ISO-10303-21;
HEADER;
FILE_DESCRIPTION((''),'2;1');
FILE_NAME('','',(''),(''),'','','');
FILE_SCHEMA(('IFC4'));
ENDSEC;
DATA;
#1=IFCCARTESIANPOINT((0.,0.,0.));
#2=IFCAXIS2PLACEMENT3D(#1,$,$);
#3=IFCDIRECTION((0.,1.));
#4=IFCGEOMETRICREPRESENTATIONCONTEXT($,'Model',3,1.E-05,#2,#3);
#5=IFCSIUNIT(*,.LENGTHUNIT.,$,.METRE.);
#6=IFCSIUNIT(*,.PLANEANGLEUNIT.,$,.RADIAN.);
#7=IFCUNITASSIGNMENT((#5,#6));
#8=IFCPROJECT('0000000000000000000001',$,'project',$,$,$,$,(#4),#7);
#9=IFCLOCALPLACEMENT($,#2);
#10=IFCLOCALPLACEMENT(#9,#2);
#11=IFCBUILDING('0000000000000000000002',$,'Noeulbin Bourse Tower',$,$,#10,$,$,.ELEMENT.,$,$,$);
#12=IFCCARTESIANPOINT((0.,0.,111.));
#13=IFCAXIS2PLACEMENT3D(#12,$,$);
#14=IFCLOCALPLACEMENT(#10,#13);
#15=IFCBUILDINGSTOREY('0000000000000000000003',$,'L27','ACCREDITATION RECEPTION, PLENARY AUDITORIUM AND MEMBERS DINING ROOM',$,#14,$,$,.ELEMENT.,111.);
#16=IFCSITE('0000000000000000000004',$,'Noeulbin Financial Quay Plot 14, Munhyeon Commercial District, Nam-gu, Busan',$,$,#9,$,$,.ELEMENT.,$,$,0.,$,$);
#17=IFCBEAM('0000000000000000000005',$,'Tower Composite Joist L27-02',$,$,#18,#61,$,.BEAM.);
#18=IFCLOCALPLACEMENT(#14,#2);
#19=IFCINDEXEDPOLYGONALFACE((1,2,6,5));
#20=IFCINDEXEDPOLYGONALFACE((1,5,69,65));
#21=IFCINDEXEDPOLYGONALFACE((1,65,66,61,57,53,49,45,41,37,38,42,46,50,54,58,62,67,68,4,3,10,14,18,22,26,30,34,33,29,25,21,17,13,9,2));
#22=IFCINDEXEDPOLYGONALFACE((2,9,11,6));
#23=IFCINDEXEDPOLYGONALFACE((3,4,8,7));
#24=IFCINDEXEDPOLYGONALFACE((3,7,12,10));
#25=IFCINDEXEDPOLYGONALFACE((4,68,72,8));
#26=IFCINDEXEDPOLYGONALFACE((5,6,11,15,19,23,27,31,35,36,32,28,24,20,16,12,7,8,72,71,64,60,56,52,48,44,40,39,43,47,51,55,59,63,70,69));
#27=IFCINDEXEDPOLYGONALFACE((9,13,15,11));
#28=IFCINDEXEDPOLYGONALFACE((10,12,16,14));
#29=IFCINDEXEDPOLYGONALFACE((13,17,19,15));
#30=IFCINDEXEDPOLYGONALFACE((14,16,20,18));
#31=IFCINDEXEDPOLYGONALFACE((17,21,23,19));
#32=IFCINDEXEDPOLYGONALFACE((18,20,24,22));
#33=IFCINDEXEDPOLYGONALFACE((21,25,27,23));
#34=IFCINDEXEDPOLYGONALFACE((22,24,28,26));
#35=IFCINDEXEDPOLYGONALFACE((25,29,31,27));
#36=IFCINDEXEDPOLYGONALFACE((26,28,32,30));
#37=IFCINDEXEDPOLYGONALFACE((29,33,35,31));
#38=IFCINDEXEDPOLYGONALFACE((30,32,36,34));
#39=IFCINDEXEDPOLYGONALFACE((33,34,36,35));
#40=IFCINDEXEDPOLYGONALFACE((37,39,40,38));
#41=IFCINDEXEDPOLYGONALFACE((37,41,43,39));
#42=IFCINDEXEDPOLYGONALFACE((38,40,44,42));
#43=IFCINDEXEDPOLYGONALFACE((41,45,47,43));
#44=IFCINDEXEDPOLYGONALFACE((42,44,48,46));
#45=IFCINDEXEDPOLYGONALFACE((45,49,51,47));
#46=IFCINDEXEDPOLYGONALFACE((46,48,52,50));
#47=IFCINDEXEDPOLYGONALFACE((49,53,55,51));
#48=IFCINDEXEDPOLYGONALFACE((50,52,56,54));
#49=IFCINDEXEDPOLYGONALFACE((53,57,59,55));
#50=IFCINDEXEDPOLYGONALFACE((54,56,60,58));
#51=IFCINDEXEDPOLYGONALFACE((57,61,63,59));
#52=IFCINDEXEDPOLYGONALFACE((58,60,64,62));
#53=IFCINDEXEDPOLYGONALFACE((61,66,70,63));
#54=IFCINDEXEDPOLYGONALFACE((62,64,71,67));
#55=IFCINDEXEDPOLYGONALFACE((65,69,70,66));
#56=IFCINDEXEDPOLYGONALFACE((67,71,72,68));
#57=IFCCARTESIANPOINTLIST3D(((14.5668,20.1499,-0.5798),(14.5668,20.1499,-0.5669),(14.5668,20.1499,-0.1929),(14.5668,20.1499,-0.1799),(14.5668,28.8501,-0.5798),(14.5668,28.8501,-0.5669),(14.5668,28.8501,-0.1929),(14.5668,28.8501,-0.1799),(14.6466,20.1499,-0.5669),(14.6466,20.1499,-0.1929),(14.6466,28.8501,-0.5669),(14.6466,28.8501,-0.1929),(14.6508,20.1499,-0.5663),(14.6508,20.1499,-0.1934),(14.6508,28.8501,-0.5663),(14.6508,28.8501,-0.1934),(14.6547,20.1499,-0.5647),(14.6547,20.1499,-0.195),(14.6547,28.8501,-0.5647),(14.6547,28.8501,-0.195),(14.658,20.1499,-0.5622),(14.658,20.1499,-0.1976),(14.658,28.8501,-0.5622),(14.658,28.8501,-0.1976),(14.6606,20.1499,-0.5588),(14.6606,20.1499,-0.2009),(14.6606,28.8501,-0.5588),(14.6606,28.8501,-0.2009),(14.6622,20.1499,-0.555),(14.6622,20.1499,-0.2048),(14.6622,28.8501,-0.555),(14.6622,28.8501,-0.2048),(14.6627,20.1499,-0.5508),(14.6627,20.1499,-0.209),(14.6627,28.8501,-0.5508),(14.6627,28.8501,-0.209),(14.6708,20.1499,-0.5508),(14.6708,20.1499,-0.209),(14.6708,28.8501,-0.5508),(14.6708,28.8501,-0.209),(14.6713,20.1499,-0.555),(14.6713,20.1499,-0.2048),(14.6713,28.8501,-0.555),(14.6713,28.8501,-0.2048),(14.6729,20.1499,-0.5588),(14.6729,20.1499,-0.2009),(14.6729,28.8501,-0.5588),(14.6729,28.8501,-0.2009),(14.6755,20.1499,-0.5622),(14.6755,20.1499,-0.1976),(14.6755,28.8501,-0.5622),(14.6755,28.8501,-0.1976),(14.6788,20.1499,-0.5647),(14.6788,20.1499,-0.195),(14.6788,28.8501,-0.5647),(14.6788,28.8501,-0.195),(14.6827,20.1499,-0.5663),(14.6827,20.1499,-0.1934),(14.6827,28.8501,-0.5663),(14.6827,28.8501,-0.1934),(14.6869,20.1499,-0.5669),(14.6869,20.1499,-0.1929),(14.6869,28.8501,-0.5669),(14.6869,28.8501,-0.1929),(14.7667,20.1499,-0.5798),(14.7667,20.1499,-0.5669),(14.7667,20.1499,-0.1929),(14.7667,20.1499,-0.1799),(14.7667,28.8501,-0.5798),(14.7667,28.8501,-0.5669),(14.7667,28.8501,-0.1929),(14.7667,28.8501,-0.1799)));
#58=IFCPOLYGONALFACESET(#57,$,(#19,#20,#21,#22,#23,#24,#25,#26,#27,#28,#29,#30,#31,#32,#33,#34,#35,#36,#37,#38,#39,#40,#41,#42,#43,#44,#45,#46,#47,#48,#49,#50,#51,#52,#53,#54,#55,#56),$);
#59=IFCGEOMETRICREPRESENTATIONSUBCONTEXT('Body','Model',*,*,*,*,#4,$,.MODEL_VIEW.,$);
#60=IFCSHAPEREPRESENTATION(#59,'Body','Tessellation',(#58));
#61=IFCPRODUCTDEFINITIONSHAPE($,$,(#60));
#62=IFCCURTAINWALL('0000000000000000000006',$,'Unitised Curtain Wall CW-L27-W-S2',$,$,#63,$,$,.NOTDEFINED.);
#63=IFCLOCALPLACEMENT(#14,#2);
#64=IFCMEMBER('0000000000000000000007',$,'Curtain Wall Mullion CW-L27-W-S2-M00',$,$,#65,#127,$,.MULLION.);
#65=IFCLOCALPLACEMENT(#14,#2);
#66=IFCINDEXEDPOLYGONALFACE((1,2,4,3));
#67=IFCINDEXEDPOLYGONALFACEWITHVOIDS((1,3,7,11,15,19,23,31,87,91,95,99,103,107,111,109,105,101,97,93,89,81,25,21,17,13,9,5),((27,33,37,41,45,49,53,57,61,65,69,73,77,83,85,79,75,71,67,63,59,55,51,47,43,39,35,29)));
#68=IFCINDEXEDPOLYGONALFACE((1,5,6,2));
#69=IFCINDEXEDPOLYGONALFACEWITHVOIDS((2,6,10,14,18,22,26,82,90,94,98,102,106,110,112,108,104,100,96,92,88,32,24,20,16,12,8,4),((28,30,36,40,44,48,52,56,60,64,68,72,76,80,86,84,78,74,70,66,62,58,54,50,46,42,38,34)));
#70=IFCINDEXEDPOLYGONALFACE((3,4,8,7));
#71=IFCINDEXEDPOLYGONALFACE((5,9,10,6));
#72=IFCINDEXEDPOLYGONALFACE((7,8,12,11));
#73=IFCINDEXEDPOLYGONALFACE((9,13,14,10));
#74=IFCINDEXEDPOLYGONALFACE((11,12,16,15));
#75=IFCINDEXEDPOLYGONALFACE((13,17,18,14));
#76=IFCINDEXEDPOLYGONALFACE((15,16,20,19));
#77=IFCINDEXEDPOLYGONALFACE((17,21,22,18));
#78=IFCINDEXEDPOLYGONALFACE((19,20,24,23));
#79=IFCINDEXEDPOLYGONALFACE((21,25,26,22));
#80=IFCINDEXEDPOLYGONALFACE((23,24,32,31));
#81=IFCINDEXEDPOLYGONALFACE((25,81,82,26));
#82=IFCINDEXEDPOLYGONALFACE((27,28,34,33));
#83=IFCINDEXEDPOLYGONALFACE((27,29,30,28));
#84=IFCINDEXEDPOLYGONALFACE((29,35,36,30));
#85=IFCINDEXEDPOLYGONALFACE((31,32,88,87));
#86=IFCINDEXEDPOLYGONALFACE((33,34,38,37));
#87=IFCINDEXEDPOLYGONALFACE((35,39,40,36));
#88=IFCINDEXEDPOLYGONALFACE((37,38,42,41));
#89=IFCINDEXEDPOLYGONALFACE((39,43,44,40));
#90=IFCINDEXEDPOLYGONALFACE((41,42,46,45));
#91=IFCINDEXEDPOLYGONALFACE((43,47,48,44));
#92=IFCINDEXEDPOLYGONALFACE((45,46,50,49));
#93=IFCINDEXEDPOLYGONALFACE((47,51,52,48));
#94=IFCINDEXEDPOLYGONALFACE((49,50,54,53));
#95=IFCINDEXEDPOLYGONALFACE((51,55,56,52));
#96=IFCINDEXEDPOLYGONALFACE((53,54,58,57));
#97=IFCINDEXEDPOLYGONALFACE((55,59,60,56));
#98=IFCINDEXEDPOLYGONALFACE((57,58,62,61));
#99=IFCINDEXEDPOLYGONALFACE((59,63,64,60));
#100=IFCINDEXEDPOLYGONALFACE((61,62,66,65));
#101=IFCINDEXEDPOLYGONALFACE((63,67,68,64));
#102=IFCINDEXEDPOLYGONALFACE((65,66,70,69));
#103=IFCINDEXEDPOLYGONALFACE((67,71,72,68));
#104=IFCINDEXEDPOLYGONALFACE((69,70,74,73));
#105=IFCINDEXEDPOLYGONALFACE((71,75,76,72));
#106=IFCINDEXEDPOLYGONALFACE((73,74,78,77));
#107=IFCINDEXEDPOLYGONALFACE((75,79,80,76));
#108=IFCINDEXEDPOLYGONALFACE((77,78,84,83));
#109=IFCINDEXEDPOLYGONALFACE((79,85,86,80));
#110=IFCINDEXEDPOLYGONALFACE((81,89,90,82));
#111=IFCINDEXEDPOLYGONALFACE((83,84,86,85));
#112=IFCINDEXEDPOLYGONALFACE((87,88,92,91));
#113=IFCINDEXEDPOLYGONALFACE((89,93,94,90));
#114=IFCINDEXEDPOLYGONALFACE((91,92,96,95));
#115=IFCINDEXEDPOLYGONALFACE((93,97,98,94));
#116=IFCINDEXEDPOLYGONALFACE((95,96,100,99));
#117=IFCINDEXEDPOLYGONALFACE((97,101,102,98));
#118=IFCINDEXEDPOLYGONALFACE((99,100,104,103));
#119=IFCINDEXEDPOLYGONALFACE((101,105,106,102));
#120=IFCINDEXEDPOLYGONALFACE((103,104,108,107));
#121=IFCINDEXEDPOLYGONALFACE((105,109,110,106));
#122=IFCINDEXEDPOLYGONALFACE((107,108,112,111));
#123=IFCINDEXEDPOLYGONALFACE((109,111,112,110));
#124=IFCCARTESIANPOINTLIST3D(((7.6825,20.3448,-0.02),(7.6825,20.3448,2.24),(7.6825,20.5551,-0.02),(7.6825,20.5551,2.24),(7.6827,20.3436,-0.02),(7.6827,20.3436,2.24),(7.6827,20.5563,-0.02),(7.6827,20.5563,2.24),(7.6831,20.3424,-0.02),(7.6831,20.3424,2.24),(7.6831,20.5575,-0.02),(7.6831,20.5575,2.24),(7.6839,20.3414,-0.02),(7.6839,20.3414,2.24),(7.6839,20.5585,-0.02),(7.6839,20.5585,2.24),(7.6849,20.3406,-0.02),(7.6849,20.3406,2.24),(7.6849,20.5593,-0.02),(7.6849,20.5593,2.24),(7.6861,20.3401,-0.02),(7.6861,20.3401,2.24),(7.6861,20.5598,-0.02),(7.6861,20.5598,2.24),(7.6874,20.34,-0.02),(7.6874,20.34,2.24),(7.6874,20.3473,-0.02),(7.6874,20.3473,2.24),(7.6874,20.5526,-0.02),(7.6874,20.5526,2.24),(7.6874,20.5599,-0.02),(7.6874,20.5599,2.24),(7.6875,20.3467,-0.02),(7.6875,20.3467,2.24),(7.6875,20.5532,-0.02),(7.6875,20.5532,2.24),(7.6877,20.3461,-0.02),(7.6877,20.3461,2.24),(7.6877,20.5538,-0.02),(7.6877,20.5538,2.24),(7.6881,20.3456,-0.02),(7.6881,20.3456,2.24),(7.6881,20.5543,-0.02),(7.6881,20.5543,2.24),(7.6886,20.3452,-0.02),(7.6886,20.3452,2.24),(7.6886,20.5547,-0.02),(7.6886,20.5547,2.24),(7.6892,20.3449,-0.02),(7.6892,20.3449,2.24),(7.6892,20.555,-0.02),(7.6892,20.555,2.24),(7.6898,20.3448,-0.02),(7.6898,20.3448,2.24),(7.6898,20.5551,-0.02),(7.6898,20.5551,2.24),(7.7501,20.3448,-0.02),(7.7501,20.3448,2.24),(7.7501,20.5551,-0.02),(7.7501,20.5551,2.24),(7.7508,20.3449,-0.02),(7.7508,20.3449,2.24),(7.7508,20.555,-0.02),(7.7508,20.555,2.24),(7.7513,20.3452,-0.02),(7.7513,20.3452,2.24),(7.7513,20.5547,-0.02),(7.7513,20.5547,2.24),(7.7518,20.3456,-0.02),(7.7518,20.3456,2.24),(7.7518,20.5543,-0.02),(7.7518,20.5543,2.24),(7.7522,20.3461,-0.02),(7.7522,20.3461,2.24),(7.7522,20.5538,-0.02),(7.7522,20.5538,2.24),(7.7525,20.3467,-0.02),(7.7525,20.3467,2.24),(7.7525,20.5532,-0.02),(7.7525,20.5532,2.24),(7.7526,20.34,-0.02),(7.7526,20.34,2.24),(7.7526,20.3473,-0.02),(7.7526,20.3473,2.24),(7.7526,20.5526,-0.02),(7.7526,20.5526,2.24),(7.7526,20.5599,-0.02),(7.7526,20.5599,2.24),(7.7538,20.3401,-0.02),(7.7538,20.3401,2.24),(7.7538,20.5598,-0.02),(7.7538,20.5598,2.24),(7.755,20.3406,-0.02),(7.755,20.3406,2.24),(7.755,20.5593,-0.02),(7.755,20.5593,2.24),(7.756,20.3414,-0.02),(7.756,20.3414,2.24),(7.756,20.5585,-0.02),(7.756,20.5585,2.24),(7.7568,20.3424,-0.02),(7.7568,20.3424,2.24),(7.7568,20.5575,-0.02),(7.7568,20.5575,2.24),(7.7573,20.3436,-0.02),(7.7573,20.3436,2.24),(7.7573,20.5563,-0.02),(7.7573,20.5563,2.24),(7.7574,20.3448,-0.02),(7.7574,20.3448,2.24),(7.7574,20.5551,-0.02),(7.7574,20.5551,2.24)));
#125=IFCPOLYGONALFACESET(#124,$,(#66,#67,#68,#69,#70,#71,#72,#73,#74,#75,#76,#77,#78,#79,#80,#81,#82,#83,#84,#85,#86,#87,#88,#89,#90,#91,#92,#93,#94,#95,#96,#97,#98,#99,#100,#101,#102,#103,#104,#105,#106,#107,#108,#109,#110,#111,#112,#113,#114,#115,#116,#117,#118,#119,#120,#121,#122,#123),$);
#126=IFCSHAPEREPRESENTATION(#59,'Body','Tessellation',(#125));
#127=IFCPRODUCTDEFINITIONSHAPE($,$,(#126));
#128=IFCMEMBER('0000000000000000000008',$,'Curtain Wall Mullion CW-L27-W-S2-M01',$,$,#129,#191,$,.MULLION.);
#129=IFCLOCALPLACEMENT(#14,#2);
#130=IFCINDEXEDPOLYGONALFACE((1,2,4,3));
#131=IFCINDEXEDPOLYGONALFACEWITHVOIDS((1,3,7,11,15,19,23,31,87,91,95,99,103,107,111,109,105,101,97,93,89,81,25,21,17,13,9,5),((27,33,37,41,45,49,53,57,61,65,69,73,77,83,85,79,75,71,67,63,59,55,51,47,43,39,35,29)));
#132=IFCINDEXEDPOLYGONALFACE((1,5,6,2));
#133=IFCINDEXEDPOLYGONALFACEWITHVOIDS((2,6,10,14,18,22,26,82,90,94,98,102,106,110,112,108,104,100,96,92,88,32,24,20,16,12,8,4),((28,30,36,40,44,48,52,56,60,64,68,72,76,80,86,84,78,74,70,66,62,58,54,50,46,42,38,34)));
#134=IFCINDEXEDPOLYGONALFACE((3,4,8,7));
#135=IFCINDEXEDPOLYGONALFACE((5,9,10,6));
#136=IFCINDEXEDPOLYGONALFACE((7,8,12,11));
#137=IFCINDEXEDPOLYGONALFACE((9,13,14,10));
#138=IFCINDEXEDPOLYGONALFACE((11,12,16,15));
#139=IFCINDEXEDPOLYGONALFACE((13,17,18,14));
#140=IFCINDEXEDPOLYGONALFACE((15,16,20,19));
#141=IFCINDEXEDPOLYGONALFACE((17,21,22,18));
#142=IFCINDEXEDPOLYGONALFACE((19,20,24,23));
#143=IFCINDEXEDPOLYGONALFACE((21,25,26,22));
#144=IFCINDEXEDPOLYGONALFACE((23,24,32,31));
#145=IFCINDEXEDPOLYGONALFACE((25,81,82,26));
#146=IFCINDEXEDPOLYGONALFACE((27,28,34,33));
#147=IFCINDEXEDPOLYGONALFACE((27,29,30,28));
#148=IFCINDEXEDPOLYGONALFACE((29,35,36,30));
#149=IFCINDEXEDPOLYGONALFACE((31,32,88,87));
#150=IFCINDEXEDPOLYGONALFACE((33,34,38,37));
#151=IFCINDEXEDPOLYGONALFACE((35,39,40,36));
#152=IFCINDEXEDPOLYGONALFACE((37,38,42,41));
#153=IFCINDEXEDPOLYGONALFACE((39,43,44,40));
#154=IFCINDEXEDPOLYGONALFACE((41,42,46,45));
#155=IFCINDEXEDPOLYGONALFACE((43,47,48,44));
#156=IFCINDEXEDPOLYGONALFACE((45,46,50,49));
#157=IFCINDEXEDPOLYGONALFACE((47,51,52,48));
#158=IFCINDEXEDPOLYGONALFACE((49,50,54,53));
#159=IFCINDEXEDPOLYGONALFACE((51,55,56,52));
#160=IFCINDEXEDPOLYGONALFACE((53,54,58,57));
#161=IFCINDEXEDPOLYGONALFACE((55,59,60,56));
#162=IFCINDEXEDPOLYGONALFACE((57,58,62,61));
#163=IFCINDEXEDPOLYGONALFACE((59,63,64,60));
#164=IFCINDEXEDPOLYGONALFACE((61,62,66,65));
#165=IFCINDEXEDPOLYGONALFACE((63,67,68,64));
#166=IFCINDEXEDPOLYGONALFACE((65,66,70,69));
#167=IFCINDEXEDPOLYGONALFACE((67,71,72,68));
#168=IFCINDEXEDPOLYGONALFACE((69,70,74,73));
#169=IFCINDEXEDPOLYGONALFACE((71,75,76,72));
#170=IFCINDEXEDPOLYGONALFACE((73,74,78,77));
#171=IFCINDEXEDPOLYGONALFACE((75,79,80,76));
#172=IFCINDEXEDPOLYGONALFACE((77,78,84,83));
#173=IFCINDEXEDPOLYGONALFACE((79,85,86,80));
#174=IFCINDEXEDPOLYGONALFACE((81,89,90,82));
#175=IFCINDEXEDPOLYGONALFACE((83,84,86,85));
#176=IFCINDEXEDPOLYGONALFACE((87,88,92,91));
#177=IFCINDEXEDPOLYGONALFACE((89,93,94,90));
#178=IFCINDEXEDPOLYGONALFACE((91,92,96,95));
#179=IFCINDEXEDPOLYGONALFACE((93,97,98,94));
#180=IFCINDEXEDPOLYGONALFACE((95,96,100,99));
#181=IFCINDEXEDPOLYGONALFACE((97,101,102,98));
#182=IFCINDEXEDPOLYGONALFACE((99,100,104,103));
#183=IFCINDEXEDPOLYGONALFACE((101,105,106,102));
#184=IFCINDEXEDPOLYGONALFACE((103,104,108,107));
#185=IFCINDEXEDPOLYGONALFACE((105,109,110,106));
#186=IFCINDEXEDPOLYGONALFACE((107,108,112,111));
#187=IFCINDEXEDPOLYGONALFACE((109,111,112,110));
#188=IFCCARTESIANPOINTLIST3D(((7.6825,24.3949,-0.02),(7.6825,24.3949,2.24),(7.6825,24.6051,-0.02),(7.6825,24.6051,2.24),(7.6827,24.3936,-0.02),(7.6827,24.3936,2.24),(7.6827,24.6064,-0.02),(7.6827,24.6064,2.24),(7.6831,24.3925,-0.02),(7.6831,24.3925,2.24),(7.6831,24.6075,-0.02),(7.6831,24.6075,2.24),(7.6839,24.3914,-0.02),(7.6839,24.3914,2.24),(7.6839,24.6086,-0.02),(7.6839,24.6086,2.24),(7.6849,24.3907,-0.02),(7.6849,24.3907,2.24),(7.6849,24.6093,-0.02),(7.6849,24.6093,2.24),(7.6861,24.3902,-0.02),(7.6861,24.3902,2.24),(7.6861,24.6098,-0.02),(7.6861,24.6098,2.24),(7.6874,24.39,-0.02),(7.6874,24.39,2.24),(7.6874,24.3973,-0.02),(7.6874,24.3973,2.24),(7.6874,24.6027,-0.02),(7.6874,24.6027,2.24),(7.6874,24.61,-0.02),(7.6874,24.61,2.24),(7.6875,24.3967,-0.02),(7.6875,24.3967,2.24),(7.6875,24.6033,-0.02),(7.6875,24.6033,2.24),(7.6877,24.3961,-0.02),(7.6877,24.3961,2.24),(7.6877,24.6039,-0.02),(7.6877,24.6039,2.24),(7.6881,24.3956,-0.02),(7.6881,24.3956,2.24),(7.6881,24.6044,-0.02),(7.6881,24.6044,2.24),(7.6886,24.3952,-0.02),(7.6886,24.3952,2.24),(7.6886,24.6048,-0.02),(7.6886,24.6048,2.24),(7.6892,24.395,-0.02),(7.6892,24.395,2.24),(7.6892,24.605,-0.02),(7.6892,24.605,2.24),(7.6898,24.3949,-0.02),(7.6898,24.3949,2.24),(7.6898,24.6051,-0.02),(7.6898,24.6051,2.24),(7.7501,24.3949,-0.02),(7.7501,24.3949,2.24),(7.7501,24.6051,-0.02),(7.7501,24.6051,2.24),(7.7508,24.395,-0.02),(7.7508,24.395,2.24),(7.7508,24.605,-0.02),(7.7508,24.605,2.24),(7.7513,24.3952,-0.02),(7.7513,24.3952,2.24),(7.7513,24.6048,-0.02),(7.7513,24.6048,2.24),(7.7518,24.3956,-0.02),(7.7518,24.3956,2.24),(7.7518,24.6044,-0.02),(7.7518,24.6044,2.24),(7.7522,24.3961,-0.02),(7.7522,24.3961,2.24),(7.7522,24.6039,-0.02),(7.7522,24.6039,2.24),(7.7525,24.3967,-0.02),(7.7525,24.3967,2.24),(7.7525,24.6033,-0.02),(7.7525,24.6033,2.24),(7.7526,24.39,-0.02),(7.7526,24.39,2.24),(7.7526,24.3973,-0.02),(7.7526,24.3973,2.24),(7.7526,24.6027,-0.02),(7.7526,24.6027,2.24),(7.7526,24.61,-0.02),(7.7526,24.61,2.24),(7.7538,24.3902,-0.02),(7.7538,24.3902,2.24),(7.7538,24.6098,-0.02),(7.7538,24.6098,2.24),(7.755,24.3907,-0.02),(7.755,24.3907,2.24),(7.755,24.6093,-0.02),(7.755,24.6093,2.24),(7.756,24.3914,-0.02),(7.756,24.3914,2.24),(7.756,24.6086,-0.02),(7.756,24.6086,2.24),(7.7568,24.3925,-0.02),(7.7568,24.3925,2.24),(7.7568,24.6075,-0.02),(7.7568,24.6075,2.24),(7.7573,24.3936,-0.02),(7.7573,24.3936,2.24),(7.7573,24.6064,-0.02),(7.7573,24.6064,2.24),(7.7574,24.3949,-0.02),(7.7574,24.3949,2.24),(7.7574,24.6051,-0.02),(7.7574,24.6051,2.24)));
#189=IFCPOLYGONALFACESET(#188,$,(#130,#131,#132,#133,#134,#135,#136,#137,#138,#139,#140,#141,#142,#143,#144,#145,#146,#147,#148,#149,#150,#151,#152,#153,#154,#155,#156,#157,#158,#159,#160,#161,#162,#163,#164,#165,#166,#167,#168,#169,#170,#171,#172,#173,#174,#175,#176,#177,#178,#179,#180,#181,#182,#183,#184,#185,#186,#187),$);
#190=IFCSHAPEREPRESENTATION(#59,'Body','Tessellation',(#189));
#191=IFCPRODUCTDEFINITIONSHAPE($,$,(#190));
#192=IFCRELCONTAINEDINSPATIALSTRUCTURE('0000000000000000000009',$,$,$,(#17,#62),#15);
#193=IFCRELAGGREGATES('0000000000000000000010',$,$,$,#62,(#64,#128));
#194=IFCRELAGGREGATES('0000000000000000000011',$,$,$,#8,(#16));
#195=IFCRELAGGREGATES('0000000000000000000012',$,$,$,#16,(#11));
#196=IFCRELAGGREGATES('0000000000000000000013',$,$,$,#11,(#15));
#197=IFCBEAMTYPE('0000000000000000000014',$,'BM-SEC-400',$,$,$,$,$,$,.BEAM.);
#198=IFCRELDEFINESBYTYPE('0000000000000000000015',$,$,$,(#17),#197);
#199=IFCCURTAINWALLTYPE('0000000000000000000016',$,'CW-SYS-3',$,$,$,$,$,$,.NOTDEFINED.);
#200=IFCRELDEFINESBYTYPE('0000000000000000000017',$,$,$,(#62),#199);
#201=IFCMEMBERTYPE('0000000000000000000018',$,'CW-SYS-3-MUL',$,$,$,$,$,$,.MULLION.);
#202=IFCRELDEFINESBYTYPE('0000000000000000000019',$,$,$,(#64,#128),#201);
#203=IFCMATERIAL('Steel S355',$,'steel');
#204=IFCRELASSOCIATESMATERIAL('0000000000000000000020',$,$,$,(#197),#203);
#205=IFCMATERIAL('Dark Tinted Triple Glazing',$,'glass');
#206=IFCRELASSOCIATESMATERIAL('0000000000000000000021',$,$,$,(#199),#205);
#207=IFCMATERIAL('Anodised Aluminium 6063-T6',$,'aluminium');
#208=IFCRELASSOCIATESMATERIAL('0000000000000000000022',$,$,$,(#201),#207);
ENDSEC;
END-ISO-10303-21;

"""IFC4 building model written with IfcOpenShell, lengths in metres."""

from ifc_helpers import new_model, si_unit, direction, frame, origin, origin_2d, place, context, subcontext, project, spatial, hollow_rectangle, i_section, extrude, material, material_profile, profile_set, type_object, element, aggregate, save


model = new_model("IFC4")

# Units and contexts
model_context = context("Model", 3, precision=1e-05, world=origin(), true_north=direction((0.0, 1.0)))
body_context = subcontext(model_context, "Body", "Model", "MODEL_VIEW")
ifc_project = project(units=[si_unit("LENGTHUNIT", "METRE"), si_unit("PLANEANGLEUNIT", "RADIAN")], contexts=[model_context])

# Site, building, storey
site_placement = place(None, origin())
site = spatial("IfcSite", under=ifc_project, at=site_placement, Name="Noeulbin Financial Quay Plot 14, Munhyeon Commercial District, Nam-gu, Busan", CompositionType="ELEMENT", RefElevation=0.0)
building_placement = place(site_placement, origin())
building = spatial("IfcBuilding", under=site, at=building_placement, Name="Noeulbin Bourse Tower", CompositionType="ELEMENT")
storey_placement = place(building_placement, frame((0.0, 0.0, 111.0)))
storey = spatial("IfcBuildingStorey", under=building, at=storey_placement, Name="L27", Description="ACCREDITATION RECEPTION, PLENARY AUDITORIUM AND MEMBERS DINING ROOM", CompositionType="ELEMENT", Elevation=111.0)

# Beam
ifc_material_1 = material(Name="Steel S355", Category="steel")
ifc_material_profile_1 = material_profile(ifc_material_1, i_section(OverallWidth=0.2, OverallDepth=0.3999, WebThickness=0.0081, FlangeThickness=0.0129, FilletRadius=0.0161, at=origin_2d()), Name="H-400x200x8x13", Category="LoadBearing")
ifc_profile_set_1 = profile_set([ifc_material_profile_1], Name="Steel S355")
beam_type_1 = type_object("IfcBeamType", Name="BM-SEC-400", PredefinedType="BEAM", material=ifc_profile_set_1)
beam_1_placement = place(storey_placement, frame((14.6667, 20.1499, -0.3799), z_axis=(0.0, 1.0, 0.0), x_axis=(-1.0, 0.0, 0.0)))
element("IfcBeam", 1, at=beam_1_placement, inside=storey, type_object=beam_type_1, Name="Tower Composite Joist L27-02", PredefinedType="BEAM", context=body_context, shape_type="SweptSolid", body=[
    extrude(i_section(OverallWidth=0.2, OverallDepth=0.3999, WebThickness=0.0081, FlangeThickness=0.0129, FilletRadius=0.0161, at=origin_2d()), origin(), (0.0, 0.0, 1.0), 8.7002),
])

# Curtain wall, members
ifc_material_2 = material(Name="Dark Tinted Triple Glazing", Category="glass")
curtain_wall_type = type_object("IfcCurtainWallType", Name="CW-SYS-3", PredefinedType="NOTDEFINED", material=ifc_material_2)
curtain_wall_placement = place(storey_placement, origin())
curtain_wall = element("IfcCurtainWall", 2, at=curtain_wall_placement, inside=storey, type_object=curtain_wall_type, Name="Unitised Curtain Wall CW-L27-W-S2", PredefinedType="NOTDEFINED")
ifc_material_3 = material(Name="Anodised Aluminium 6063-T6", Category="aluminium")
ifc_material_profile_2 = material_profile(ifc_material_3, hollow_rectangle(XDim=0.075, YDim=0.22, WallThickness=0.0049, InnerFilletRadius=0.0024, OuterFilletRadius=0.0049, at=origin_2d()), Name="ALU-MULL-75x220x5", Category="LoadBearing")
ifc_profile_set_2 = profile_set([ifc_material_profile_2], Name="Anodised Aluminium 6063-T6")
member_type_1 = type_object("IfcMemberType", Name="CW-SYS-3-MUL", PredefinedType="MULLION", material=ifc_profile_set_2)
member_1_placement = place(storey_placement, frame((7.72, 20.45, -0.02), z_axis=(0.0, 0.0, 1.0), x_axis=(1.0, 0.0, 0.0)))
member_1 = element("IfcMember", 3, at=member_1_placement, type_object=member_type_1, Name="Curtain Wall Mullion CW-L27-W-S2-M00", PredefinedType="MULLION", context=body_context, shape_type="SweptSolid", body=[
    extrude(hollow_rectangle(XDim=0.075, YDim=0.22, WallThickness=0.0049, InnerFilletRadius=0.0024, OuterFilletRadius=0.0049, at=origin_2d()), origin(), (0.0, 0.0, 1.0), 2.26),
])
member_2_placement = place(storey_placement, frame((7.72, 24.5, -0.02), z_axis=(0.0, 0.0, 1.0), x_axis=(1.0, 0.0, 0.0)))
member_2 = element("IfcMember", 4, at=member_2_placement, type_object=member_type_1, Name="Curtain Wall Mullion CW-L27-W-S2-M01", PredefinedType="MULLION", context=body_context, shape_type="SweptSolid", body=[
    extrude(hollow_rectangle(XDim=0.075, YDim=0.22, WallThickness=0.0049, InnerFilletRadius=0.0024, OuterFilletRadius=0.0049, at=origin_2d()), origin(), (0.0, 0.0, 1.0), 2.26),
])
aggregate(curtain_wall, [member_1, member_2])

save(model, "model.ifc")
